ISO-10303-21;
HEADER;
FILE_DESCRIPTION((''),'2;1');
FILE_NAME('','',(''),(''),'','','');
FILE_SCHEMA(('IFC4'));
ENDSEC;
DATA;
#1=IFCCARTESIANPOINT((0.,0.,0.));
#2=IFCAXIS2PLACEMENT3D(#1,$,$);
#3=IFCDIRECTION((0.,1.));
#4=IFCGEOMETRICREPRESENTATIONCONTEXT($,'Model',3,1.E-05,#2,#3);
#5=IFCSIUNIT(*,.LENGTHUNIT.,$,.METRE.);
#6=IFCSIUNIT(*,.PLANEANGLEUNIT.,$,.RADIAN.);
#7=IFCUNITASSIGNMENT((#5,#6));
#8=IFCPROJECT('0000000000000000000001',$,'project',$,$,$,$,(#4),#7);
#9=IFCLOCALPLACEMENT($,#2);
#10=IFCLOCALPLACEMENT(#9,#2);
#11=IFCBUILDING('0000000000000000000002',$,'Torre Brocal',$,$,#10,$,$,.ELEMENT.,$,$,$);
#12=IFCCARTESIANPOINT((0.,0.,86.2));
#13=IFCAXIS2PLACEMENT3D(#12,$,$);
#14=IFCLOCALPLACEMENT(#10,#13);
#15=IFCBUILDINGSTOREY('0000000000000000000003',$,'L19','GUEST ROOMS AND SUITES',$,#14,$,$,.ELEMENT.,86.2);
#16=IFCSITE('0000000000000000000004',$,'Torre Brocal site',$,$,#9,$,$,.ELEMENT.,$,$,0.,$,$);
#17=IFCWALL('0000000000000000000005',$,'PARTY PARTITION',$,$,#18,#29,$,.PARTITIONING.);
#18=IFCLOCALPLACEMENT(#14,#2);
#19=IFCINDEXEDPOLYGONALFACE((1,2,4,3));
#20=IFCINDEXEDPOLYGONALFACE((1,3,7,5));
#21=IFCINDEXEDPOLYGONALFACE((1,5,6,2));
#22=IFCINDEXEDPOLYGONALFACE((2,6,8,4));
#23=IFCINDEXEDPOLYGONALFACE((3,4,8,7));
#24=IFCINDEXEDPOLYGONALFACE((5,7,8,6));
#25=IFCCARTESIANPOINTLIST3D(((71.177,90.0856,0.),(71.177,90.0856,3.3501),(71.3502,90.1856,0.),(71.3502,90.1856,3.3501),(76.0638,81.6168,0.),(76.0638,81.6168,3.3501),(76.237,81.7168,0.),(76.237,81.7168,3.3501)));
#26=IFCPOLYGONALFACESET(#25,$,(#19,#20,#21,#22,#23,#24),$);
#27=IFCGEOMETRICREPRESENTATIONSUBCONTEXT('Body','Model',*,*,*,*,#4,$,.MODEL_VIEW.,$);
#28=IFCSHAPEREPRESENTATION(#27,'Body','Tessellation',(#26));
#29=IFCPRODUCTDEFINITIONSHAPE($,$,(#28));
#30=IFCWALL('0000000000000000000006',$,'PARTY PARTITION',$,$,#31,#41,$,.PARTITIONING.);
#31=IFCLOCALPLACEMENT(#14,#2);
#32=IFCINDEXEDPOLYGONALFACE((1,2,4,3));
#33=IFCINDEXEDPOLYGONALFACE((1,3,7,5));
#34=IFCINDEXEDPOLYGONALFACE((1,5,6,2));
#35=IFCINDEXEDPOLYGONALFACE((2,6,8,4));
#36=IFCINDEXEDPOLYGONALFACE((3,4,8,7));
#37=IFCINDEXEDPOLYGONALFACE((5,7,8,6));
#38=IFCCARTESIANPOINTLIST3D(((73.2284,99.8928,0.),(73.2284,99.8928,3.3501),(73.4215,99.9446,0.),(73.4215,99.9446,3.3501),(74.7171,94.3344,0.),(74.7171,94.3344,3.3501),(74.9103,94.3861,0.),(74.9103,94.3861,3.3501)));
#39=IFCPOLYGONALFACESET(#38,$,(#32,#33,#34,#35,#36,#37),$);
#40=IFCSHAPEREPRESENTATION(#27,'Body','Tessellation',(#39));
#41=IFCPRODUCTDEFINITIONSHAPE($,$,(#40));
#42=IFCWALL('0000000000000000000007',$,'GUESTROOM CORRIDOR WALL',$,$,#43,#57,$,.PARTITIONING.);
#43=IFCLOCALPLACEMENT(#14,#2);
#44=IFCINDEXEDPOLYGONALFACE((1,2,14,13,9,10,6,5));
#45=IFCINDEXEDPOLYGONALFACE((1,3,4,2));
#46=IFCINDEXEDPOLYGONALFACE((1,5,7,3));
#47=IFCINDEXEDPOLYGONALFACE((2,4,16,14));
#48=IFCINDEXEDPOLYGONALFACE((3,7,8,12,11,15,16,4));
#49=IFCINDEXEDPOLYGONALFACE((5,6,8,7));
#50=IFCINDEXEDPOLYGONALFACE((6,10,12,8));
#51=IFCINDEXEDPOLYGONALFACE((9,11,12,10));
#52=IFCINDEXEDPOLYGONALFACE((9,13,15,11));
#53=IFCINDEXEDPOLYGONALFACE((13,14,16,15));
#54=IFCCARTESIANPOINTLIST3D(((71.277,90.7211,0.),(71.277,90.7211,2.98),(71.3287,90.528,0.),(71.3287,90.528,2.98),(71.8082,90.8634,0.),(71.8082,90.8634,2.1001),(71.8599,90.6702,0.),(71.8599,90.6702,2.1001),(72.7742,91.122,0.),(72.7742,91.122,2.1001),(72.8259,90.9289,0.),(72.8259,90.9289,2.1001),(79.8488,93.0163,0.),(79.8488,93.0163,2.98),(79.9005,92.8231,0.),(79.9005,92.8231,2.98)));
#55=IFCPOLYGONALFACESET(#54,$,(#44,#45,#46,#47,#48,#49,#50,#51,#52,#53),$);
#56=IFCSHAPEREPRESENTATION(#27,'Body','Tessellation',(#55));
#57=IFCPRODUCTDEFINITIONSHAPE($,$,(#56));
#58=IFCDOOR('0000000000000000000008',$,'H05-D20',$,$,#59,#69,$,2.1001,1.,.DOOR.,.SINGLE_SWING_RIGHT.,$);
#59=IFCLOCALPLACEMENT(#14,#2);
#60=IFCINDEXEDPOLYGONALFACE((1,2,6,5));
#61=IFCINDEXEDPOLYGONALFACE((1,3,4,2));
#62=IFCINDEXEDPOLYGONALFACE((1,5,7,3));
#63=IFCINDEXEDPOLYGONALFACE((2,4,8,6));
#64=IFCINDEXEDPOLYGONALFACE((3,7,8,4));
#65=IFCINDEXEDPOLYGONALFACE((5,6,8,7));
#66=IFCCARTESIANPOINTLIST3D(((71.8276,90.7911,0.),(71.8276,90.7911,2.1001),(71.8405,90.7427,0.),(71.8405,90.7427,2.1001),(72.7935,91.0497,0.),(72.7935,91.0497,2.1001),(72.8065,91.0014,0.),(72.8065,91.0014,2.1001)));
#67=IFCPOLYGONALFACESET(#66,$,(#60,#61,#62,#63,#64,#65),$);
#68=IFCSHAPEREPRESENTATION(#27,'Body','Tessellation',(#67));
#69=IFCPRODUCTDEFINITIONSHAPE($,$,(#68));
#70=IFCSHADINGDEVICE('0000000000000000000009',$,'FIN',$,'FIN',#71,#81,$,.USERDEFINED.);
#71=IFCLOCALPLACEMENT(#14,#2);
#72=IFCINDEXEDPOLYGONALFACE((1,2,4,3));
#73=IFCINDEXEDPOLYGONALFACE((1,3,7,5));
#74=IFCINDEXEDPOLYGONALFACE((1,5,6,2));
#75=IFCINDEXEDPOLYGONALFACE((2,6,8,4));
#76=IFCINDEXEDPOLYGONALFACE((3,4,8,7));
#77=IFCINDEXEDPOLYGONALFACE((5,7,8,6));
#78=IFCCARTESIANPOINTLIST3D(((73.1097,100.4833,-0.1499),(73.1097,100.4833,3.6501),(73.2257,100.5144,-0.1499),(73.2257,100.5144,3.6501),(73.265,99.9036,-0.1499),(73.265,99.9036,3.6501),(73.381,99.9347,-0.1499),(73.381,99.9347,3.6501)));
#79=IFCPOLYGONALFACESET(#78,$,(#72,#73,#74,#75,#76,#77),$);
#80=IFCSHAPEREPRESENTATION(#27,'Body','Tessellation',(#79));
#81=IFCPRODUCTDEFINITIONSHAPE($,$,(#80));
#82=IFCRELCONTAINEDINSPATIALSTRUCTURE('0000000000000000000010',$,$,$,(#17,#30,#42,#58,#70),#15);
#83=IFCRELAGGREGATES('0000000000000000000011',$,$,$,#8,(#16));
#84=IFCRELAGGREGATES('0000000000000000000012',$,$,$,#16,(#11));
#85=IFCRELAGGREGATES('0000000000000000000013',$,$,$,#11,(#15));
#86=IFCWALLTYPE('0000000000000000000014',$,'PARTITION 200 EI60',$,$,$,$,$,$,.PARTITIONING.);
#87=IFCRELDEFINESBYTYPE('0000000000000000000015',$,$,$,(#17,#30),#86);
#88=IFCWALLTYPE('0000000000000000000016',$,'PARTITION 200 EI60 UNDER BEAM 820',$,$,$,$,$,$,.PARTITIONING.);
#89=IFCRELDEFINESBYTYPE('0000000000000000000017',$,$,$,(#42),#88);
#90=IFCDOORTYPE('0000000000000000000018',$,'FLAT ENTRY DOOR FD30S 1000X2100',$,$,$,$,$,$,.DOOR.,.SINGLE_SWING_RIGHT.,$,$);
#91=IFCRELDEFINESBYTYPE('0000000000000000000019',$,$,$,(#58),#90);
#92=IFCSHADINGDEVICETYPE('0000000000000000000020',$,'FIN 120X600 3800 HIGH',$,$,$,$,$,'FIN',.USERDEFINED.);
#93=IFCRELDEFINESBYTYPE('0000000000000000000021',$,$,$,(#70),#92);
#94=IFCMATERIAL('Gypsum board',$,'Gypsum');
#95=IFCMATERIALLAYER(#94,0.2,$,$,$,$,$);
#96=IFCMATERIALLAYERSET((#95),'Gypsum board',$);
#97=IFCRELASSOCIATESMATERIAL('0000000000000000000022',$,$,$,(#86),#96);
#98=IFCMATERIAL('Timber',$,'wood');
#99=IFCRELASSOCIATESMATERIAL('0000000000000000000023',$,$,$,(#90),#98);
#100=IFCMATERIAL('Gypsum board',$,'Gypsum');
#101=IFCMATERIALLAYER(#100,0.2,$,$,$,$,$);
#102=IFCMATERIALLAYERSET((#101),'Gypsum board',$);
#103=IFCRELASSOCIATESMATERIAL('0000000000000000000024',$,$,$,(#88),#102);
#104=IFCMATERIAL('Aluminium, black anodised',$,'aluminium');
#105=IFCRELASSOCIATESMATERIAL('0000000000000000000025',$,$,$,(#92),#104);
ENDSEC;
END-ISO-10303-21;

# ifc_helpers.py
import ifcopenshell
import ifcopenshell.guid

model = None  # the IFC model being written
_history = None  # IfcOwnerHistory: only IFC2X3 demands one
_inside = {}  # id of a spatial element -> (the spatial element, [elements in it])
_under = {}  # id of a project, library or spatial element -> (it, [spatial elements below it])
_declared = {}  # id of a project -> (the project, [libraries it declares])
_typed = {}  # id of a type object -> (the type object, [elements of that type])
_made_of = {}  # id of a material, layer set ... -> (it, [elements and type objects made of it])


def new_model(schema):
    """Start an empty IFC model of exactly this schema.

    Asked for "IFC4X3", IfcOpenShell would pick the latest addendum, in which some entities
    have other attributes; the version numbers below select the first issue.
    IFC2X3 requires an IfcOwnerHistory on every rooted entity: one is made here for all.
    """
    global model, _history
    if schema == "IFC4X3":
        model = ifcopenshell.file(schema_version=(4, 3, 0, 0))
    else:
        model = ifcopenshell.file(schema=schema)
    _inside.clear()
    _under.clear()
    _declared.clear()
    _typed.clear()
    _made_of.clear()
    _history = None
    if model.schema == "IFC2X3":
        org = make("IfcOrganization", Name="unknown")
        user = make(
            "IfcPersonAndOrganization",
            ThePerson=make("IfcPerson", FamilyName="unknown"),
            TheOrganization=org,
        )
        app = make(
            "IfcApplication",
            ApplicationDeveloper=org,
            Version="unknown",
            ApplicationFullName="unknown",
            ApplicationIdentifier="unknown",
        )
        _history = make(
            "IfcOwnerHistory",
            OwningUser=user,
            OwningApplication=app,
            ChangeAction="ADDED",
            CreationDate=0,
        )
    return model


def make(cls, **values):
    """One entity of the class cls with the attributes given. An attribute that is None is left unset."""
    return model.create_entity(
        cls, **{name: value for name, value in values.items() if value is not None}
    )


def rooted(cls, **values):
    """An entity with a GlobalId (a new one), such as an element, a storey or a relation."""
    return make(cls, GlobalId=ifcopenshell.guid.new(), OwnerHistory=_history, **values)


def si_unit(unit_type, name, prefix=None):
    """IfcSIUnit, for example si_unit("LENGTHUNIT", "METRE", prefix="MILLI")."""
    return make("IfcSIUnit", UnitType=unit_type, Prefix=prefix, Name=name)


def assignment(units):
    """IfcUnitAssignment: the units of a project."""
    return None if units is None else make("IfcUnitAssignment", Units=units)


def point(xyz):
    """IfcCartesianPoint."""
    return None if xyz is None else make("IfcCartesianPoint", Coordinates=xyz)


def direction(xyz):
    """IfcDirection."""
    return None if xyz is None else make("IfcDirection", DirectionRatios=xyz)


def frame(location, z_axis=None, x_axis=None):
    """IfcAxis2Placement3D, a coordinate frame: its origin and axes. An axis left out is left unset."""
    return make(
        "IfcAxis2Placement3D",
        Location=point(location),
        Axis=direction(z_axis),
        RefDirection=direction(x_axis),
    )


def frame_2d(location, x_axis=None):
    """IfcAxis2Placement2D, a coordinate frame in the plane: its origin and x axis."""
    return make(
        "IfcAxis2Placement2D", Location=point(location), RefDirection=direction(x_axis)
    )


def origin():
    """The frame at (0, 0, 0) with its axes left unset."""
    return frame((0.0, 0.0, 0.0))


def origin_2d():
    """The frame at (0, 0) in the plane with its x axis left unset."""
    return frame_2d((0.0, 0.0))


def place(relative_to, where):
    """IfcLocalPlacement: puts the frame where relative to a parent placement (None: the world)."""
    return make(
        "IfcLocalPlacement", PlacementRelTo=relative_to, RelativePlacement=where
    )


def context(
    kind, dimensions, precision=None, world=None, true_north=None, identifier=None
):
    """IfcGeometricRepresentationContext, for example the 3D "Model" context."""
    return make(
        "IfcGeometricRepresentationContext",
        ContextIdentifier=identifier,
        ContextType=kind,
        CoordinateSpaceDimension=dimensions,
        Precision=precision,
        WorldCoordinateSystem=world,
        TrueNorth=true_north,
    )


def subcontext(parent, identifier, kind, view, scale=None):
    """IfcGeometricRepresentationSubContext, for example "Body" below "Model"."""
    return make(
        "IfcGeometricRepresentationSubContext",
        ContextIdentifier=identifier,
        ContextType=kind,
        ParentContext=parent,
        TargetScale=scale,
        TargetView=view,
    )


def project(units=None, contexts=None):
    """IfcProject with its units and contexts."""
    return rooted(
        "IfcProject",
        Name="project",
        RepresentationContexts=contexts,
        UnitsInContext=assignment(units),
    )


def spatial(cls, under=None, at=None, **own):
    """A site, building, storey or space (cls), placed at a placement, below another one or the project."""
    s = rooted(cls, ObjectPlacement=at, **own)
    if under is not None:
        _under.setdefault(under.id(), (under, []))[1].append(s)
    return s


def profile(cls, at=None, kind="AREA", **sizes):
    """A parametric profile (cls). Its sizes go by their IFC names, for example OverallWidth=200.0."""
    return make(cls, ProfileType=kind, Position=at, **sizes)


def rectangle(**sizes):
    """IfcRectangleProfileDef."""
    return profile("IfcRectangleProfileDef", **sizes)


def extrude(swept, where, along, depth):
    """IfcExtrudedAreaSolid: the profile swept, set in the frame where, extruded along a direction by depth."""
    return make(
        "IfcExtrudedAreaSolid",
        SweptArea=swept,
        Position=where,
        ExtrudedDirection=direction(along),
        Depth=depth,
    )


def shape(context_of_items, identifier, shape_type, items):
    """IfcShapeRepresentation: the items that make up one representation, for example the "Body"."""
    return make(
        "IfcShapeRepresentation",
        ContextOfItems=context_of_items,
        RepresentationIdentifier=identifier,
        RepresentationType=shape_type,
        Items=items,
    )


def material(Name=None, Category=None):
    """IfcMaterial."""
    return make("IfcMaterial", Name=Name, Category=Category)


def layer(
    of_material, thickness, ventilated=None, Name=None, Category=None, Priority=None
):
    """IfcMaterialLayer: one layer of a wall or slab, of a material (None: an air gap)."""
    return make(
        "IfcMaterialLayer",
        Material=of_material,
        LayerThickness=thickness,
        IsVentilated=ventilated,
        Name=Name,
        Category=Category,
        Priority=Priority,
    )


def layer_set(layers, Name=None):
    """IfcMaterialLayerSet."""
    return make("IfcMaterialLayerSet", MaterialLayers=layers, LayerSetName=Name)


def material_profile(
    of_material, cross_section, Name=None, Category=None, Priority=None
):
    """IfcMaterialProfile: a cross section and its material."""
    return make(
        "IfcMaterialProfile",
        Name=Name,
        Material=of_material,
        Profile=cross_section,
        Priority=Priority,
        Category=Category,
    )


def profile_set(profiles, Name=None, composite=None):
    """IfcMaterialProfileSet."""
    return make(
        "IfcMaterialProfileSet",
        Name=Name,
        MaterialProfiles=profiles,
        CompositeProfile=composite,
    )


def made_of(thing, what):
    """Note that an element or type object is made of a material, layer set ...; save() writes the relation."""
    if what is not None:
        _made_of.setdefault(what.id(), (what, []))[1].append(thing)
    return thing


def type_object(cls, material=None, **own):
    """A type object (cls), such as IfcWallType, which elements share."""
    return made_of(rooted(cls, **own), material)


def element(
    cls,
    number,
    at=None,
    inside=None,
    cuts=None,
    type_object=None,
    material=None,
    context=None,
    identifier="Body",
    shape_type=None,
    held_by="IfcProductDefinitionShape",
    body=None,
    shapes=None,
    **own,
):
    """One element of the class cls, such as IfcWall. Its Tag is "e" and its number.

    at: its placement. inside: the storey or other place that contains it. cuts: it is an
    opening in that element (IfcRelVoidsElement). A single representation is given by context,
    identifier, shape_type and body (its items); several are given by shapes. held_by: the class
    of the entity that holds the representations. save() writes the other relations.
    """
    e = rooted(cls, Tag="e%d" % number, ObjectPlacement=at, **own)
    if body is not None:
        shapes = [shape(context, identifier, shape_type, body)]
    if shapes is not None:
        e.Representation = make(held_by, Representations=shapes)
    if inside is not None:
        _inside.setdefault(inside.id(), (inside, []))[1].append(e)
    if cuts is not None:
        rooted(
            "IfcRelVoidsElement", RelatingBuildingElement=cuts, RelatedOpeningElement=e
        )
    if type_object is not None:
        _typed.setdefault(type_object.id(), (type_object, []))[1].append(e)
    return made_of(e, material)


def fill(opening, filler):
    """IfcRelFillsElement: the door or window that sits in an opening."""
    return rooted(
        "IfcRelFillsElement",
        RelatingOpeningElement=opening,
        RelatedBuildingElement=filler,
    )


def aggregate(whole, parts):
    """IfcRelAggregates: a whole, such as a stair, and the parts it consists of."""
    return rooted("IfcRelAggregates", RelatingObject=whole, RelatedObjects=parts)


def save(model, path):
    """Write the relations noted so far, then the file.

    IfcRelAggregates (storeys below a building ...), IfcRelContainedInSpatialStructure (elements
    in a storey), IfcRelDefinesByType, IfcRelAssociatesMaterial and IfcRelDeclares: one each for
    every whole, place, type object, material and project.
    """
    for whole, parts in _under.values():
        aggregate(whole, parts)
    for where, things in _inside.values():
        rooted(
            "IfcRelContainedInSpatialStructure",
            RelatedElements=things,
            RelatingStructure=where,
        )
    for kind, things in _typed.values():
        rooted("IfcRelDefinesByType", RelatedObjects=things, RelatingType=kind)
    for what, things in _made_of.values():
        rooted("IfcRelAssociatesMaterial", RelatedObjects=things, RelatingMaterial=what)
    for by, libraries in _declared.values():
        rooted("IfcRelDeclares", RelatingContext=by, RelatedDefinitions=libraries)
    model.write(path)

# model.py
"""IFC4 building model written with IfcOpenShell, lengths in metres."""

from ifc_helpers import new_model, si_unit, direction, frame, frame_2d, origin, origin_2d, place, context, subcontext, project, spatial, rectangle, extrude, material, layer, layer_set, material_profile, profile_set, type_object, element, fill, save


model = new_model("IFC4")

# Units and contexts
model_context = context("Model", 3, precision=1e-05, world=origin(), true_north=direction((0.0, 1.0)))
body_context = subcontext(model_context, "Body", "Model", "MODEL_VIEW")
ifc_project = project(units=[si_unit("LENGTHUNIT", "METRE"), si_unit("PLANEANGLEUNIT", "RADIAN")], contexts=[model_context])

# Site, building, storey
site_placement = place(None, origin())
site = spatial("IfcSite", under=ifc_project, at=site_placement, Name="Torre Brocal site", CompositionType="ELEMENT", RefElevation=0.0)
building_placement = place(site_placement, origin())
building = spatial("IfcBuilding", under=site, at=building_placement, Name="Torre Brocal", CompositionType="ELEMENT")
storey_placement = place(building_placement, frame((0.0, 0.0, 86.2)))
storey = spatial("IfcBuildingStorey", under=building, at=storey_placement, Name="L19", Description="GUEST ROOMS AND SUITES", CompositionType="ELEMENT", Elevation=86.2)

# Shared definitions
ifc_material_1 = material(Name="Gypsum board", Category="Gypsum")
ifc_layer_1 = layer(ifc_material_1, 0.2)
ifc_layer_set_1 = layer_set([ifc_layer_1], Name="Gypsum board")
wall_type_1 = type_object("IfcWallType", Name="PARTITION 200 EI60", PredefinedType="PARTITIONING", material=ifc_layer_set_1)
ifc_material_2 = material(Name="Timber", Category="wood")
door_type_1 = type_object("IfcDoorType", Name="FLAT ENTRY DOOR FD30S 1000X2100", OperationType="SINGLE_SWING_RIGHT", PredefinedType="DOOR", material=ifc_material_2)

# Walls
wall_1_placement = place(storey_placement, frame((71.2637, 90.1355, 0.0), z_axis=(0.0, 0.0, 1.0), x_axis=(0.499792, -0.866146, 0.0)))
element("IfcWall", 1, at=wall_1_placement, inside=storey, type_object=wall_type_1, Name="PARTY PARTITION", PredefinedType="PARTITIONING", context=body_context, shape_type="SweptSolid", body=[
    extrude(rectangle(XDim=9.7776, YDim=0.2, at=frame_2d((4.8887, 0.0))), origin(), (0.0, 0.0, 1.0), 3.3501),
])
wall_2_placement = place(storey_placement, frame((73.325, 99.9187, 0.0), z_axis=(0.0, 0.0, 1.0), x_axis=(0.258713, -0.965954, 0.0)))
element("IfcWall", 2, at=wall_2_placement, inside=storey, type_object=wall_type_1, Name="PARTY PARTITION", PredefinedType="PARTITIONING", context=body_context, shape_type="SweptSolid", body=[
    extrude(rectangle(XDim=5.7544, YDim=0.2, at=frame_2d((2.8772, 0.0))), origin(), (0.0, 0.0, 1.0), 3.3501),
])

# Wall, opening, door
ifc_material_3 = material(Name="Gypsum board", Category="Gypsum")
ifc_layer_2 = layer(ifc_material_3, 0.2)
ifc_layer_set_2 = layer_set([ifc_layer_2], Name="Gypsum board")
wall_type_2 = type_object("IfcWallType", Name="PARTITION 200 EI60 UNDER BEAM 820", PredefinedType="PARTITIONING", material=ifc_layer_set_2)
wall_3_placement = place(storey_placement, frame((71.3027, 90.6245, 0.0), z_axis=(0.0, 0.0, 1.0), x_axis=(0.965972, 0.258647, 0.0)))
wall_3 = element("IfcWall", 3, at=wall_3_placement, inside=storey, type_object=wall_type_2, Name="GUESTROOM CORRIDOR WALL", PredefinedType="PARTITIONING", context=body_context, shape_type="SweptSolid", body=[
    extrude(rectangle(XDim=8.8738, YDim=0.2, at=frame_2d((4.437, 0.0))), origin(), (0.0, 0.0, 1.0), 2.98),
])
opening_1_placement = place(wall_3_placement, frame((0.55, 0.0, 0.0)))
opening_1 = element("IfcOpeningElement", 4, at=opening_1_placement, cuts=wall_3, PredefinedType="OPENING", context=body_context, shape_type="SweptSolid", body=[
    extrude(rectangle(XDim=1.0, YDim=2.1001, at=frame_2d((0.5, 1.05))), frame((0.0, 0.1099, 0.0), z_axis=(0.0, -1.0, 0.0), x_axis=(1.0, 0.0, 0.0)), (0.0, 0.0, 1.0), 0.22),
])
door_1_placement = place(opening_1_placement, frame((1.0, 0.0, 0.0), z_axis=(0.0, 0.0, 1.0), x_axis=(-1.0, 0.0, 0.0)))
door_1 = element("IfcDoor", 5, at=door_1_placement, inside=storey, type_object=door_type_1, Name="H05-D20", OperationType="SINGLE_SWING_RIGHT", OverallHeight=2.1001, OverallWidth=1.0, PredefinedType="DOOR", context=body_context, shape_type="SweptSolid", body=[
    extrude(rectangle(XDim=1.0, YDim=2.1001, at=frame_2d((0.5, 1.05))), frame((0.0, 0.0249, 0.0), z_axis=(0.0, -1.0, 0.0), x_axis=(1.0, 0.0, 0.0)), (0.0, 0.0, 1.0), 0.05),
])
fill(opening_1, door_1)

# Shading device
ifc_material_4 = material(Name="Aluminium, black anodised", Category="aluminium")
ifc_material_profile_1 = material_profile(ifc_material_4, rectangle(XDim=0.1201, YDim=0.6001, at=origin_2d()), Name="FIN 120X600 3800 HIGH")
ifc_profile_set_1 = profile_set([ifc_material_profile_1], Name="Aluminium, black anodised")
shading_device_type = type_object("IfcShadingDeviceType", Name="FIN 120X600 3800 HIGH", ElementType="FIN", PredefinedType="USERDEFINED", material=ifc_profile_set_1)
shading_device_placement = place(storey_placement, frame((73.2454, 100.209, -0.1499), z_axis=(0.0, 0.0, 1.0), x_axis=(-0.965926, -0.258819, 0.0)))
element("IfcShadingDevice", 6, at=shading_device_placement, inside=storey, type_object=shading_device_type, Name="FIN", ObjectType="FIN", PredefinedType="USERDEFINED", context=body_context, shape_type="SweptSolid", body=[
    extrude(rectangle(XDim=0.1201, YDim=0.6001, at=origin_2d()), origin(), (0.0, 0.0, 1.0), 3.8),
])

save(model, "model.ifc")
